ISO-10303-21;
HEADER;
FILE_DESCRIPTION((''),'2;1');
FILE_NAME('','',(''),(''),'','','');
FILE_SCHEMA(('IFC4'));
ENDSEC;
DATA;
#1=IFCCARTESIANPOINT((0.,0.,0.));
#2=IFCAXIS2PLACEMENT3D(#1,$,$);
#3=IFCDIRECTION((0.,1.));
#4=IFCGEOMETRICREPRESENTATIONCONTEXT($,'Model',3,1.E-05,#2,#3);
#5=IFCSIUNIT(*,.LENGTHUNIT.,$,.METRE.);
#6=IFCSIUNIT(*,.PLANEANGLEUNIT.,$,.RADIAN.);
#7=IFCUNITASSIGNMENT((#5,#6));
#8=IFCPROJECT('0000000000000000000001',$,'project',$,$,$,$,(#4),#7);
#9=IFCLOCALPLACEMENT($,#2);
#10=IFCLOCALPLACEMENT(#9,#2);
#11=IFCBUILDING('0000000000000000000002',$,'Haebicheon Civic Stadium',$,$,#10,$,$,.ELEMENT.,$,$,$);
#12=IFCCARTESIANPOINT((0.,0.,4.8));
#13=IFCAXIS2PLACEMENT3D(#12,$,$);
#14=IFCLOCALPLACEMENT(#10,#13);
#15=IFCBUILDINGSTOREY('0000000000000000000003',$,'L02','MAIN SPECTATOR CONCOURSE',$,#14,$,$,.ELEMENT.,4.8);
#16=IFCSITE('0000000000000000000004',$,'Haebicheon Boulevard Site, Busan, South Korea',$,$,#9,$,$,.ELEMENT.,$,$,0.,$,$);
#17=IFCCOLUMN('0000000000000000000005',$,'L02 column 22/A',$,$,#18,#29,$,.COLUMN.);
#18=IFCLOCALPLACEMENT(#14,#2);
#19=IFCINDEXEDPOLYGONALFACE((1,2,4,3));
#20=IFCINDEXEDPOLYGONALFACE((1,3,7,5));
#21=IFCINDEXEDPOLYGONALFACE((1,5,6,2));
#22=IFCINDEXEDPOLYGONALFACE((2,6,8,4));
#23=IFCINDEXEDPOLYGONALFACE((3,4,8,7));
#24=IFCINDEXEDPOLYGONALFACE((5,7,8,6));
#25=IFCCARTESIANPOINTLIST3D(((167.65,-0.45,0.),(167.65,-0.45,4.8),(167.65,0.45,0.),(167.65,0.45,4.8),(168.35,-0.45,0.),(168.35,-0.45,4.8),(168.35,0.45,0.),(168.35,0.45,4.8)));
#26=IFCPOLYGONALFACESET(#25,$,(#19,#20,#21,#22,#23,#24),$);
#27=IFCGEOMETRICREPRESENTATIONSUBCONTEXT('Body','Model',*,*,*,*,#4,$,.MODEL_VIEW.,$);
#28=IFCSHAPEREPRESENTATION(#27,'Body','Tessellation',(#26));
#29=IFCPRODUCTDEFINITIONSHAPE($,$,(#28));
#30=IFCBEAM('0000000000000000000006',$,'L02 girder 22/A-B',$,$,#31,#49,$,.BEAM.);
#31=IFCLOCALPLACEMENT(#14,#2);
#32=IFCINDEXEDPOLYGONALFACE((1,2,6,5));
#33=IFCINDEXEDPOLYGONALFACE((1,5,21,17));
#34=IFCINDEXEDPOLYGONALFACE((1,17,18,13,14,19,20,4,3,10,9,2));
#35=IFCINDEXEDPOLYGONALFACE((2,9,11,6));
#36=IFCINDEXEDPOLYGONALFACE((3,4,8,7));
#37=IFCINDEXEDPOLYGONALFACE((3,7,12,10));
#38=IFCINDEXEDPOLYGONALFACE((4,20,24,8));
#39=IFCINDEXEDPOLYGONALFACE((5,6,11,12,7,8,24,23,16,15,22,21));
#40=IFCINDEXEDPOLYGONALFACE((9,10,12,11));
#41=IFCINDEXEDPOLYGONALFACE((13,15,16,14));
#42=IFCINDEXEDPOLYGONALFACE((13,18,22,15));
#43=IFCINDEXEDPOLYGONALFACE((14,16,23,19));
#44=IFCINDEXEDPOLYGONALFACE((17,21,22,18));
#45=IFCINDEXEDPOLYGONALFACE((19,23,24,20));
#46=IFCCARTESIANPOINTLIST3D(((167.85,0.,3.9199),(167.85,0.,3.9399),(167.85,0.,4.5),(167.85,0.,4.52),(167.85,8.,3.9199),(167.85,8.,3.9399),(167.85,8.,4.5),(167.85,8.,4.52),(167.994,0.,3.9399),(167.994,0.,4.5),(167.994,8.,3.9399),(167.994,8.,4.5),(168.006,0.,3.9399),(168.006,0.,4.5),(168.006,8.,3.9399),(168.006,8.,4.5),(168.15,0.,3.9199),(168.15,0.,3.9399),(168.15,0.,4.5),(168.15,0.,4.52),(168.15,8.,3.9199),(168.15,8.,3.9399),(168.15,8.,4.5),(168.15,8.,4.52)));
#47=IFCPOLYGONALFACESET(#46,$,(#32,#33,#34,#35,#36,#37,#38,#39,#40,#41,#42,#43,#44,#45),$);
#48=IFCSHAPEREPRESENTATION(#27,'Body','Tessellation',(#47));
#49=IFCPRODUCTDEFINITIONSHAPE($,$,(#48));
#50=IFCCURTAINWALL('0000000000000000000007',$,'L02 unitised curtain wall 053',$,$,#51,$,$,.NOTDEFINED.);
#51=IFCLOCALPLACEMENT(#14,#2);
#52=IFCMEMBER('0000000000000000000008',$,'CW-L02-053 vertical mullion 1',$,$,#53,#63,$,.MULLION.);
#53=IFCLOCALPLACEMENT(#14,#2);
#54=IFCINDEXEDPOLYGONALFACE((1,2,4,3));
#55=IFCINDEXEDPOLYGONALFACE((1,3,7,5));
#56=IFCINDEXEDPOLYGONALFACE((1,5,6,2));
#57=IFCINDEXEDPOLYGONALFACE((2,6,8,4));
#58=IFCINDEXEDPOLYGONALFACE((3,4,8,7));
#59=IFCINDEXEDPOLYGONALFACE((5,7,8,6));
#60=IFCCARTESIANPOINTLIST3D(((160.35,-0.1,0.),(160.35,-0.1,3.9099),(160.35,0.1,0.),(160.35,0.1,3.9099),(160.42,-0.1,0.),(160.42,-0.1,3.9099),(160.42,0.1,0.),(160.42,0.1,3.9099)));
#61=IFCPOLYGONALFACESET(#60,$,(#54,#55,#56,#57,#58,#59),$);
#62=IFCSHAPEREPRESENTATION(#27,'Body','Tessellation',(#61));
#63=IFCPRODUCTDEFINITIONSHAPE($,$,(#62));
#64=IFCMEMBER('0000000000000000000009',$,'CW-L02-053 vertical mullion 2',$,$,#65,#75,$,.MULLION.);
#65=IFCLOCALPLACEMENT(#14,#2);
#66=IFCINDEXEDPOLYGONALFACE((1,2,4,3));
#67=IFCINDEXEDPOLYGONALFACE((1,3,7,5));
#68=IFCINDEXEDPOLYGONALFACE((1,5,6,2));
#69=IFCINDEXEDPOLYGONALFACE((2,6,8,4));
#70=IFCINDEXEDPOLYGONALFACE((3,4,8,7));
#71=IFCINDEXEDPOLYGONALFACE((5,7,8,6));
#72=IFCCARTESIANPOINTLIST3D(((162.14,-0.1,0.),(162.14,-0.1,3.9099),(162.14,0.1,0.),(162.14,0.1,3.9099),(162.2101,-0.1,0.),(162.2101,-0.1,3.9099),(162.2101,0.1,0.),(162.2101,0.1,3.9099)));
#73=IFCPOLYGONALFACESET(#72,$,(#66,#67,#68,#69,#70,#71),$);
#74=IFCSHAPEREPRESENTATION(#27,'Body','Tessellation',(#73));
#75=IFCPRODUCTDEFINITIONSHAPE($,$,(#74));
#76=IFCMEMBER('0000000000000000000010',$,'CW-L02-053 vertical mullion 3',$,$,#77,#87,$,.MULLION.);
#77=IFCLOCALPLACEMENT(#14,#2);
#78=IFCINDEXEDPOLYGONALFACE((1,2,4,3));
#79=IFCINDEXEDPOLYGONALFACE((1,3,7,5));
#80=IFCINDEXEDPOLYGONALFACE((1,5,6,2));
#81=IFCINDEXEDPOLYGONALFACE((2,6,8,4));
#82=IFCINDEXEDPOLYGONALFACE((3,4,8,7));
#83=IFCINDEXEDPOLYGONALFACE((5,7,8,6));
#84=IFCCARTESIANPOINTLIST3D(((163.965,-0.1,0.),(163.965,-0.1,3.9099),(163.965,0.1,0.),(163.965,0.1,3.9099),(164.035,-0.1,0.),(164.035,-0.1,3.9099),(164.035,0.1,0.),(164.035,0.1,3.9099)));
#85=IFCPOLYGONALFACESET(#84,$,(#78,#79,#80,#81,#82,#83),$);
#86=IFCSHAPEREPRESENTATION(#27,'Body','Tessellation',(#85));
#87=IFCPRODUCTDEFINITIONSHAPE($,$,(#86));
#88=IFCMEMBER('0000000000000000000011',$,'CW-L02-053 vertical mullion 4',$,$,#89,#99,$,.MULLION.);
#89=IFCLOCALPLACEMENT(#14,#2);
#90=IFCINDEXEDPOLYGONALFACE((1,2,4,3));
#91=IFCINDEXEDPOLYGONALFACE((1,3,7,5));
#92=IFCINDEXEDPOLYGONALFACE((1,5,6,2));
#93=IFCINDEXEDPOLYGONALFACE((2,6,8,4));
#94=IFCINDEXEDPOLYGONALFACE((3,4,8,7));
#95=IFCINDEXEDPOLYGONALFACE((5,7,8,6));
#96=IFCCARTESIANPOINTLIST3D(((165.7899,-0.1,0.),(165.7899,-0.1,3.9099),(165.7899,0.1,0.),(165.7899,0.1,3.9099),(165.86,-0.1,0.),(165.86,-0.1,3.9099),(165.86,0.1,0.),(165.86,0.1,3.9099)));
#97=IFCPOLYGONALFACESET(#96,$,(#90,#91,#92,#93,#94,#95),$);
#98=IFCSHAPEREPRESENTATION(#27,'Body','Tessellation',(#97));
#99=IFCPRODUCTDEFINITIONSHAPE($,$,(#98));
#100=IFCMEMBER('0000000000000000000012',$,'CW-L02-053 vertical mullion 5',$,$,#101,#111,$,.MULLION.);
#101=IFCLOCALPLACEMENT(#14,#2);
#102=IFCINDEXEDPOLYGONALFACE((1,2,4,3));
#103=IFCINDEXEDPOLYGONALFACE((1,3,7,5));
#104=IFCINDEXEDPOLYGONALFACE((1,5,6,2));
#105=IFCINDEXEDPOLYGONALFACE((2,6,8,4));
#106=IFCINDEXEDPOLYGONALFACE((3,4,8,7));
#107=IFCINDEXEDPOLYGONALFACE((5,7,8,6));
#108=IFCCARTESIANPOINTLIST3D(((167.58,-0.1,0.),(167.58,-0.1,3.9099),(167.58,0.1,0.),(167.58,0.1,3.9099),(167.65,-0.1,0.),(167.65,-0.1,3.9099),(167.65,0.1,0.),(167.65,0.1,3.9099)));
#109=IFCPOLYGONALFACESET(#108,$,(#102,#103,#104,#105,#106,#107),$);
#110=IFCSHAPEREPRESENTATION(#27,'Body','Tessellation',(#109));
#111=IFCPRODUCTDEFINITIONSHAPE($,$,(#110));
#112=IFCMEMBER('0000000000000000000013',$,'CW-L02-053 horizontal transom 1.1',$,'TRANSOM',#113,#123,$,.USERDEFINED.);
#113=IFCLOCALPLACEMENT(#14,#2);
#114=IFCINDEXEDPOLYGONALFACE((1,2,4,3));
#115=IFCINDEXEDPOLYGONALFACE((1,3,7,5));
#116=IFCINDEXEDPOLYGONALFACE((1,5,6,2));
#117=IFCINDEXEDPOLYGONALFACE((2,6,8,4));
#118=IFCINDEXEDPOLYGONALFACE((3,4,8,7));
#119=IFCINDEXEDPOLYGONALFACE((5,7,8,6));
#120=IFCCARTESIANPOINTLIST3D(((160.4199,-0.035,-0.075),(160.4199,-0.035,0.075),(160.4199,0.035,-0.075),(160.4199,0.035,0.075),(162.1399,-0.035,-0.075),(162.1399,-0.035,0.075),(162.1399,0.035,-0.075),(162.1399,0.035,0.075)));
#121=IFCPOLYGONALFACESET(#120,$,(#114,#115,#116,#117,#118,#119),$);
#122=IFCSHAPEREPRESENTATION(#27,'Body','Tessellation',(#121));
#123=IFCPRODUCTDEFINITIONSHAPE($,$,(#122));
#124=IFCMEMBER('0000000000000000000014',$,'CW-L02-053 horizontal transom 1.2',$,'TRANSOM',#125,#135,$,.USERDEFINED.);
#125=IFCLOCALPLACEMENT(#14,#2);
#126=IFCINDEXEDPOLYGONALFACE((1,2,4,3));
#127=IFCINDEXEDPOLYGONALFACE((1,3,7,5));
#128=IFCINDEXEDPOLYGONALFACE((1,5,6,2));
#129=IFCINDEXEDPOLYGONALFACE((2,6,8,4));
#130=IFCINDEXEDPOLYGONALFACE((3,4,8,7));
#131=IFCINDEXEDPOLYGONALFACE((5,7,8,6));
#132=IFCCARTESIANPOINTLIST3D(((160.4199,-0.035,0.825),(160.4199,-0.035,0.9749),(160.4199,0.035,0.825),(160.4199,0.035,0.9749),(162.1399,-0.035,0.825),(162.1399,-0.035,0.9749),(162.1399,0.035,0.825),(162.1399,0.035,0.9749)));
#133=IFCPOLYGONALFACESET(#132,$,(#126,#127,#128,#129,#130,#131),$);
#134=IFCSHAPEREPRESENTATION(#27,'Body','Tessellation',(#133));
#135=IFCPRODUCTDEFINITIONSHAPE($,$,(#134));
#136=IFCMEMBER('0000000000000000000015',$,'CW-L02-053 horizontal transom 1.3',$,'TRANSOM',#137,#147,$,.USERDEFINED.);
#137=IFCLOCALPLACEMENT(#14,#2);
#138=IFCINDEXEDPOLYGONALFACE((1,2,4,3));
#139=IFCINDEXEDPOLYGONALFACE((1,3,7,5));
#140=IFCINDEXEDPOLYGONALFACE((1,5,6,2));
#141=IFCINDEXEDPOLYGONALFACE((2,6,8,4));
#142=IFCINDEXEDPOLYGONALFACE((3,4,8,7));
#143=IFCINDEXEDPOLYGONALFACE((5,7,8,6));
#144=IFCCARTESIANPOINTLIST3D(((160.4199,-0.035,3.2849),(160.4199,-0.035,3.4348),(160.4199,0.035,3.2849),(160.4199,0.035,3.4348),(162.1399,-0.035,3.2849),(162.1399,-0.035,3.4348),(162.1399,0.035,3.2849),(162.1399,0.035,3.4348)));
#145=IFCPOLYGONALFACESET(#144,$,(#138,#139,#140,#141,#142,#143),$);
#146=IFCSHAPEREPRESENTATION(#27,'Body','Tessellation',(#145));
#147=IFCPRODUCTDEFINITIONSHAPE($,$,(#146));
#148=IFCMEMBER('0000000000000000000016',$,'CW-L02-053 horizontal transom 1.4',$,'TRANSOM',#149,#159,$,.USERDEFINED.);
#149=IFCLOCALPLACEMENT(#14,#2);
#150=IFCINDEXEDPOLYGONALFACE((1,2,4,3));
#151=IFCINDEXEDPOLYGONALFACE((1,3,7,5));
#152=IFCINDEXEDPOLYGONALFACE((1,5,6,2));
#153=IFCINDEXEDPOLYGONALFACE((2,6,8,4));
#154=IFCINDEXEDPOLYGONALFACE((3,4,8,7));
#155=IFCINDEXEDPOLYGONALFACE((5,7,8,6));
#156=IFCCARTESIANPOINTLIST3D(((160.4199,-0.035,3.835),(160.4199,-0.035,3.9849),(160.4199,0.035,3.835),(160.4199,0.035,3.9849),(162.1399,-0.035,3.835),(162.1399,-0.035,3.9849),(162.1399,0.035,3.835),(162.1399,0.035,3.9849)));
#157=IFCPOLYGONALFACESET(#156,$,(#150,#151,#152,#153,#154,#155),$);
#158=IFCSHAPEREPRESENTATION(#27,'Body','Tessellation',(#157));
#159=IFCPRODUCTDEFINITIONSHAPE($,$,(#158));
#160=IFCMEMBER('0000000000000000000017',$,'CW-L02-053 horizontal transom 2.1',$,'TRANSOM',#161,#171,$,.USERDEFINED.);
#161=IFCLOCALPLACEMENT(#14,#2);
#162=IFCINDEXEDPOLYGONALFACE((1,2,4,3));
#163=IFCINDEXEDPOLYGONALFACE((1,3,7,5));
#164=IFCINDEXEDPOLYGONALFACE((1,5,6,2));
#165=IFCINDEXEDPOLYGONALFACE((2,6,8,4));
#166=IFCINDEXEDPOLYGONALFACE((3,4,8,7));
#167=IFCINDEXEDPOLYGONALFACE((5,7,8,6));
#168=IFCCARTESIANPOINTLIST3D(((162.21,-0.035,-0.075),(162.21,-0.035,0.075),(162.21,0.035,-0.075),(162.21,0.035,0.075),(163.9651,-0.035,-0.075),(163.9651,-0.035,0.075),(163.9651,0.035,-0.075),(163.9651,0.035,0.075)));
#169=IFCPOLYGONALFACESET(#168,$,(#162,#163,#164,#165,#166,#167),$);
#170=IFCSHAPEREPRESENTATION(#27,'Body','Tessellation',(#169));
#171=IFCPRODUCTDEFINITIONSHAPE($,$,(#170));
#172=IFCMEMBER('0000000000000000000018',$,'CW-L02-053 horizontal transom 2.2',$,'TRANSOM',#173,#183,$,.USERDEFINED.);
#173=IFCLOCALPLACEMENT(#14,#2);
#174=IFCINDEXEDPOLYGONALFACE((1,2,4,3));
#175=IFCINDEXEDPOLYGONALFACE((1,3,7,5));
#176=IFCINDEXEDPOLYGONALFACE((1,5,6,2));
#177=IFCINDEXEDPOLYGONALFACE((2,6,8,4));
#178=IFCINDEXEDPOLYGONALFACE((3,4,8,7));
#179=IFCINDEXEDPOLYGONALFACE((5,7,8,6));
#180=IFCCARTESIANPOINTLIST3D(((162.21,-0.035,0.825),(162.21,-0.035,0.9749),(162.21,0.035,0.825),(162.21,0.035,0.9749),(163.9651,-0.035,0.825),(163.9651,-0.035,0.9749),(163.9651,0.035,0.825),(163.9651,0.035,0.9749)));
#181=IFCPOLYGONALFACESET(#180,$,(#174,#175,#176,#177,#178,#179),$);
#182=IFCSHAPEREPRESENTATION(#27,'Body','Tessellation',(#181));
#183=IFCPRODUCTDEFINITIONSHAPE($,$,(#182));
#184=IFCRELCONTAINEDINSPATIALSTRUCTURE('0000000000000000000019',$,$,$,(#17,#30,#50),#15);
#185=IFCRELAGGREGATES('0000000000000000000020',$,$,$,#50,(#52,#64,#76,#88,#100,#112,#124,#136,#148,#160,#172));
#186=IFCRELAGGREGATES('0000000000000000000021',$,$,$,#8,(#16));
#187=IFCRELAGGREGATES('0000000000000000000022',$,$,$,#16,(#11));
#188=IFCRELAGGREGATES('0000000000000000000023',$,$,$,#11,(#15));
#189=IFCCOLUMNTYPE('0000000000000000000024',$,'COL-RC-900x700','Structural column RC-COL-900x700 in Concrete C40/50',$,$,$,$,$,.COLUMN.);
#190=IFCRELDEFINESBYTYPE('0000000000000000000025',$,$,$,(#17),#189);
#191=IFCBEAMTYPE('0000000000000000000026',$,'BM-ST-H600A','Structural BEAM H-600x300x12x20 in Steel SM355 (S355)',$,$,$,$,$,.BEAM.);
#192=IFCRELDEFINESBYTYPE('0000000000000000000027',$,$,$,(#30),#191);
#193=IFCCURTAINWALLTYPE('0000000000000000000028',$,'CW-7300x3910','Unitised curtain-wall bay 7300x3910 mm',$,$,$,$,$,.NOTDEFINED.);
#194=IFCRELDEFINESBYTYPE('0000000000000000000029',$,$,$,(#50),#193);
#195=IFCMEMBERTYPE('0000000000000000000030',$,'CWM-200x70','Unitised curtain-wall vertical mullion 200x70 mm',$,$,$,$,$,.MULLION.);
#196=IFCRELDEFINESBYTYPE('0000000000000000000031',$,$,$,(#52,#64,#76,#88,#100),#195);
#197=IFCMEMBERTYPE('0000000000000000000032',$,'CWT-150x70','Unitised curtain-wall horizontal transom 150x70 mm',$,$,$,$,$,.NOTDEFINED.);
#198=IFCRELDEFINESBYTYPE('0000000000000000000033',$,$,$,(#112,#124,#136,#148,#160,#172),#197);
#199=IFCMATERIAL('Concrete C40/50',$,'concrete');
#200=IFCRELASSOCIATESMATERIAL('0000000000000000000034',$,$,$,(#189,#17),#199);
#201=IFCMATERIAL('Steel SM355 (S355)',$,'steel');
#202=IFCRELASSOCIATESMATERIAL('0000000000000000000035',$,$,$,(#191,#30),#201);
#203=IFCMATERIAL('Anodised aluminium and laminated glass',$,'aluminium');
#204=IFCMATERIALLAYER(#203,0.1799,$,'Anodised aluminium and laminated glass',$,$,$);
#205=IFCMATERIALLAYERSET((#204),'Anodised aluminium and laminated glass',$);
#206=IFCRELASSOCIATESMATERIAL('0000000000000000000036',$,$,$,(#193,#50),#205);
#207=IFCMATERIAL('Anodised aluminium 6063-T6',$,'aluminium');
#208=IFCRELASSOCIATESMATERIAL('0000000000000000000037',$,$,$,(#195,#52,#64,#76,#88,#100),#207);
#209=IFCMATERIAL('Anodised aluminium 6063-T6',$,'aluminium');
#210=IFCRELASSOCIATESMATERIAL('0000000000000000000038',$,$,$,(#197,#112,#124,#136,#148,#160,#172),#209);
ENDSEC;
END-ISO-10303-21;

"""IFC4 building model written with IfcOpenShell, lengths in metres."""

from ifc_helpers import new_model, si_unit, direction, frame, origin, origin_2d, place, context, subcontext, project, spatial, rectangle, i_section, extrude, material, layer, layer_set, material_profile, profile_set, type_object, element, aggregate, save


model = new_model("IFC4")

# Units and contexts
model_context = context("Model", 3, precision=1e-05, world=origin(), true_north=direction((0.0, 1.0)))
body_context = subcontext(model_context, "Body", "Model", "MODEL_VIEW")
ifc_project = project(units=[si_unit("LENGTHUNIT", "METRE"), si_unit("PLANEANGLEUNIT", "RADIAN")], contexts=[model_context])

# Site, building, storey
site_placement = place(None, origin())
site = spatial("IfcSite", under=ifc_project, at=site_placement, Name="Haebicheon Boulevard Site, Busan, South Korea", CompositionType="ELEMENT", RefElevation=0.0)
building_placement = place(site_placement, origin())
building = spatial("IfcBuilding", under=site, at=building_placement, Name="Haebicheon Civic Stadium", CompositionType="ELEMENT")
storey_placement = place(building_placement, frame((0.0, 0.0, 4.8)))
storey = spatial("IfcBuildingStorey", under=building, at=storey_placement, Name="L02", Description="MAIN SPECTATOR CONCOURSE", CompositionType="ELEMENT", Elevation=4.8)

# Column
ifc_material_1 = material(Name="Concrete C40/50", Category="concrete")
ifc_material_profile_1 = material_profile(ifc_material_1, rectangle(XDim=0.7, YDim=0.8999, at=origin_2d()), Name="RC-COL-900x700")
ifc_profile_set_1 = profile_set([ifc_material_profile_1], Name="Concrete C40/50")
column_type = type_object("IfcColumnType", Name="COL-RC-900x700", Description="Structural column RC-COL-900x700 in Concrete C40/50", PredefinedType="COLUMN", material=ifc_profile_set_1)
column_placement = place(storey_placement, frame((168.0, 0.0, 0.0), z_axis=(0.0, 0.0, 1.0), x_axis=(1.0, 0.0, 0.0)))
element("IfcColumn", 1, at=column_placement, inside=storey, type_object=column_type, material=ifc_profile_set_1, Name="L02 column 22/A", PredefinedType="COLUMN", context=body_context, shape_type="SweptSolid", body=[
    extrude(rectangle(XDim=0.7, YDim=0.8999, at=origin_2d()), origin(), (0.0, 0.0, 1.0), 4.8),
])

# Beam
ifc_material_2 = material(Name="Steel SM355 (S355)", Category="steel")
ifc_material_profile_2 = material_profile(ifc_material_2, i_section(OverallWidth=0.3, OverallDepth=0.6001, WebThickness=0.012, FlangeThickness=0.02, at=origin_2d()), Name="H-600x300x12x20")
ifc_profile_set_2 = profile_set([ifc_material_profile_2], Name="Steel SM355 (S355)")
beam_type = type_object("IfcBeamType", Name="BM-ST-H600A", Description="Structural BEAM H-600x300x12x20 in Steel SM355 (S355)", PredefinedType="BEAM", material=ifc_profile_set_2)
beam_placement = place(storey_placement, frame((168.0, 0.0, 4.22), z_axis=(0.0, 1.0, 0.0), x_axis=(-1.0, 0.0, 0.0)))
element("IfcBeam", 2, at=beam_placement, inside=storey, type_object=beam_type, material=ifc_profile_set_2, Name="L02 girder 22/A-B", PredefinedType="BEAM", context=body_context, shape_type="SweptSolid", body=[
    extrude(i_section(OverallWidth=0.3, OverallDepth=0.6001, WebThickness=0.012, FlangeThickness=0.02, at=origin_2d()), origin(), (0.0, 0.0, 1.0), 8.0),
])

# Curtain wall, members
ifc_material_3 = material(Name="Anodised aluminium and laminated glass", Category="aluminium")
ifc_layer_1 = layer(ifc_material_3, 0.1799, Name="Anodised aluminium and laminated glass")
ifc_layer_set_1 = layer_set([ifc_layer_1], Name="Anodised aluminium and laminated glass")
curtain_wall_type = type_object("IfcCurtainWallType", Name="CW-7300x3910", Description="Unitised curtain-wall bay 7300x3910 mm", PredefinedType="NOTDEFINED", material=ifc_layer_set_1)
curtain_wall_placement = place(storey_placement, origin())
curtain_wall = element("IfcCurtainWall", 3, at=curtain_wall_placement, inside=storey, type_object=curtain_wall_type, material=ifc_layer_set_1, Name="L02 unitised curtain wall 053", PredefinedType="NOTDEFINED")
ifc_material_4 = material(Name="Anodised aluminium 6063-T6", Category="aluminium")
ifc_material_profile_3 = material_profile(ifc_material_4, rectangle(XDim=0.0701, YDim=0.2, at=origin_2d()), Name="ALU-MULL-70x200")
ifc_profile_set_3 = profile_set([ifc_material_profile_3], Name="Anodised aluminium 6063-T6")
member_type_1 = type_object("IfcMemberType", Name="CWM-200x70", Description="Unitised curtain-wall vertical mullion 200x70 mm", PredefinedType="MULLION", material=ifc_profile_set_3)
member_1_placement = place(storey_placement, frame((160.385, 0.0, 0.0), z_axis=(0.0, 0.0, 1.0), x_axis=(1.0, 0.0, 0.0)))
member_1 = element("IfcMember", 4, at=member_1_placement, type_object=member_type_1, material=ifc_profile_set_3, Name="CW-L02-053 vertical mullion 1", PredefinedType="MULLION", context=body_context, shape_type="SweptSolid", body=[
    extrude(rectangle(XDim=0.0701, YDim=0.2, at=origin_2d()), origin(), (0.0, 0.0, 1.0), 3.9099),
])
member_2_placement = place(storey_placement, frame((162.175, 0.0, 0.0), z_axis=(0.0, 0.0, 1.0), x_axis=(1.0, 0.0, 0.0)))
member_2 = element("IfcMember", 5, at=member_2_placement, type_object=member_type_1, material=ifc_profile_set_3, Name="CW-L02-053 vertical mullion 2", PredefinedType="MULLION", context=body_context, shape_type="SweptSolid", body=[
    extrude(rectangle(XDim=0.0701, YDim=0.2, at=origin_2d()), origin(), (0.0, 0.0, 1.0), 3.9099),
])
member_3_placement = place(storey_placement, frame((164.0, 0.0, 0.0), z_axis=(0.0, 0.0, 1.0), x_axis=(1.0, 0.0, 0.0)))
member_3 = element("IfcMember", 6, at=member_3_placement, type_object=member_type_1, material=ifc_profile_set_3, Name="CW-L02-053 vertical mullion 3", PredefinedType="MULLION", context=body_context, shape_type="SweptSolid", body=[
    extrude(rectangle(XDim=0.0701, YDim=0.2, at=origin_2d()), origin(), (0.0, 0.0, 1.0), 3.9099),
])
member_4_placement = place(storey_placement, frame((165.825, 0.0, 0.0), z_axis=(0.0, 0.0, 1.0), x_axis=(1.0, 0.0, 0.0)))
member_4 = element("IfcMember", 7, at=member_4_placement, type_object=member_type_1, material=ifc_profile_set_3, Name="CW-L02-053 vertical mullion 4", PredefinedType="MULLION", context=body_context, shape_type="SweptSolid", body=[
    extrude(rectangle(XDim=0.0701, YDim=0.2, at=origin_2d()), origin(), (0.0, 0.0, 1.0), 3.9099),
])
member_5_placement = place(storey_placement, frame((167.615, 0.0, 0.0), z_axis=(0.0, 0.0, 1.0), x_axis=(1.0, 0.0, 0.0)))
member_5 = element("IfcMember", 8, at=member_5_placement, type_object=member_type_1, material=ifc_profile_set_3, Name="CW-L02-053 vertical mullion 5", PredefinedType="MULLION", context=body_context, shape_type="SweptSolid", body=[
    extrude(rectangle(XDim=0.0701, YDim=0.2, at=origin_2d()), origin(), (0.0, 0.0, 1.0), 3.9099),
])
ifc_material_5 = material(Name="Anodised aluminium 6063-T6", Category="aluminium")
ifc_material_profile_4 = material_profile(ifc_material_5, rectangle(XDim=0.0701, YDim=0.1499, at=origin_2d()), Name="ALU-TRAN-70x150")
ifc_profile_set_4 = profile_set([ifc_material_profile_4], Name="Anodised aluminium 6063-T6")
member_type_2 = type_object("IfcMemberType", Name="CWT-150x70", Description="Unitised curtain-wall horizontal transom 150x70 mm", PredefinedType="NOTDEFINED", material=ifc_profile_set_4)
member_6_placement = place(storey_placement, frame((160.4199, 0.0, 0.0), z_axis=(1.0, 0.0, 0.0), x_axis=(0.0, 1.0, 0.0)))
member_6 = element("IfcMember", 9, at=member_6_placement, type_object=member_type_2, material=ifc_profile_set_4, Name="CW-L02-053 horizontal transom 1.1", ObjectType="TRANSOM", PredefinedType="USERDEFINED", context=body_context, shape_type="SweptSolid", body=[
    extrude(rectangle(XDim=0.0701, YDim=0.1499, at=origin_2d()), origin(), (0.0, 0.0, 1.0), 1.72),
])
member_7_placement = place(storey_placement, frame((160.4199, 0.0, 0.8999), z_axis=(1.0, 0.0, 0.0), x_axis=(0.0, 1.0, 0.0)))
member_7 = element("IfcMember", 10, at=member_7_placement, type_object=member_type_2, material=ifc_profile_set_4, Name="CW-L02-053 horizontal transom 1.2", ObjectType="TRANSOM", PredefinedType="USERDEFINED", context=body_context, shape_type="SweptSolid", body=[
    extrude(rectangle(XDim=0.0701, YDim=0.1499, at=origin_2d()), origin(), (0.0, 0.0, 1.0), 1.72),
])
member_8_placement = place(storey_placement, frame((160.4199, 0.0, 3.3599), z_axis=(1.0, 0.0, 0.0), x_axis=(0.0, 1.0, 0.0)))
member_8 = element("IfcMember", 11, at=member_8_placement, type_object=member_type_2, material=ifc_profile_set_4, Name="CW-L02-053 horizontal transom 1.3", ObjectType="TRANSOM", PredefinedType="USERDEFINED", context=body_context, shape_type="SweptSolid", body=[
    extrude(rectangle(XDim=0.0701, YDim=0.1499, at=origin_2d()), origin(), (0.0, 0.0, 1.0), 1.72),
])
member_9_placement = place(storey_placement, frame((160.4199, 0.0, 3.9099), z_axis=(1.0, 0.0, 0.0), x_axis=(0.0, 1.0, 0.0)))
member_9 = element("IfcMember", 12, at=member_9_placement, type_object=member_type_2, material=ifc_profile_set_4, Name="CW-L02-053 horizontal transom 1.4", ObjectType="TRANSOM", PredefinedType="USERDEFINED", context=body_context, shape_type="SweptSolid", body=[
    extrude(rectangle(XDim=0.0701, YDim=0.1499, at=origin_2d()), origin(), (0.0, 0.0, 1.0), 1.72),
])
member_10_placement = place(storey_placement, frame((162.21, 0.0, 0.0), z_axis=(1.0, 0.0, 0.0), x_axis=(0.0, 1.0, 0.0)))
member_10 = element("IfcMember", 13, at=member_10_placement, type_object=member_type_2, material=ifc_profile_set_4, Name="CW-L02-053 horizontal transom 2.1", ObjectType="TRANSOM", PredefinedType="USERDEFINED", context=body_context, shape_type="SweptSolid", body=[
    extrude(rectangle(XDim=0.0701, YDim=0.1499, at=origin_2d()), origin(), (0.0, 0.0, 1.0), 1.7551),
])
member_11_placement = place(storey_placement, frame((162.21, 0.0, 0.8999), z_axis=(1.0, 0.0, 0.0), x_axis=(0.0, 1.0, 0.0)))
member_11 = element("IfcMember", 14, at=member_11_placement, type_object=member_type_2, material=ifc_profile_set_4, Name="CW-L02-053 horizontal transom 2.2", ObjectType="TRANSOM", PredefinedType="USERDEFINED", context=body_context, shape_type="SweptSolid", body=[
    extrude(rectangle(XDim=0.0701, YDim=0.1499, at=origin_2d()), origin(), (0.0, 0.0, 1.0), 1.7551),
])
aggregate(curtain_wall, [member_1, member_2, member_3, member_4, member_5, member_6, member_7, member_8, member_9, member_10, member_11])

save(model, "model.ifc")
